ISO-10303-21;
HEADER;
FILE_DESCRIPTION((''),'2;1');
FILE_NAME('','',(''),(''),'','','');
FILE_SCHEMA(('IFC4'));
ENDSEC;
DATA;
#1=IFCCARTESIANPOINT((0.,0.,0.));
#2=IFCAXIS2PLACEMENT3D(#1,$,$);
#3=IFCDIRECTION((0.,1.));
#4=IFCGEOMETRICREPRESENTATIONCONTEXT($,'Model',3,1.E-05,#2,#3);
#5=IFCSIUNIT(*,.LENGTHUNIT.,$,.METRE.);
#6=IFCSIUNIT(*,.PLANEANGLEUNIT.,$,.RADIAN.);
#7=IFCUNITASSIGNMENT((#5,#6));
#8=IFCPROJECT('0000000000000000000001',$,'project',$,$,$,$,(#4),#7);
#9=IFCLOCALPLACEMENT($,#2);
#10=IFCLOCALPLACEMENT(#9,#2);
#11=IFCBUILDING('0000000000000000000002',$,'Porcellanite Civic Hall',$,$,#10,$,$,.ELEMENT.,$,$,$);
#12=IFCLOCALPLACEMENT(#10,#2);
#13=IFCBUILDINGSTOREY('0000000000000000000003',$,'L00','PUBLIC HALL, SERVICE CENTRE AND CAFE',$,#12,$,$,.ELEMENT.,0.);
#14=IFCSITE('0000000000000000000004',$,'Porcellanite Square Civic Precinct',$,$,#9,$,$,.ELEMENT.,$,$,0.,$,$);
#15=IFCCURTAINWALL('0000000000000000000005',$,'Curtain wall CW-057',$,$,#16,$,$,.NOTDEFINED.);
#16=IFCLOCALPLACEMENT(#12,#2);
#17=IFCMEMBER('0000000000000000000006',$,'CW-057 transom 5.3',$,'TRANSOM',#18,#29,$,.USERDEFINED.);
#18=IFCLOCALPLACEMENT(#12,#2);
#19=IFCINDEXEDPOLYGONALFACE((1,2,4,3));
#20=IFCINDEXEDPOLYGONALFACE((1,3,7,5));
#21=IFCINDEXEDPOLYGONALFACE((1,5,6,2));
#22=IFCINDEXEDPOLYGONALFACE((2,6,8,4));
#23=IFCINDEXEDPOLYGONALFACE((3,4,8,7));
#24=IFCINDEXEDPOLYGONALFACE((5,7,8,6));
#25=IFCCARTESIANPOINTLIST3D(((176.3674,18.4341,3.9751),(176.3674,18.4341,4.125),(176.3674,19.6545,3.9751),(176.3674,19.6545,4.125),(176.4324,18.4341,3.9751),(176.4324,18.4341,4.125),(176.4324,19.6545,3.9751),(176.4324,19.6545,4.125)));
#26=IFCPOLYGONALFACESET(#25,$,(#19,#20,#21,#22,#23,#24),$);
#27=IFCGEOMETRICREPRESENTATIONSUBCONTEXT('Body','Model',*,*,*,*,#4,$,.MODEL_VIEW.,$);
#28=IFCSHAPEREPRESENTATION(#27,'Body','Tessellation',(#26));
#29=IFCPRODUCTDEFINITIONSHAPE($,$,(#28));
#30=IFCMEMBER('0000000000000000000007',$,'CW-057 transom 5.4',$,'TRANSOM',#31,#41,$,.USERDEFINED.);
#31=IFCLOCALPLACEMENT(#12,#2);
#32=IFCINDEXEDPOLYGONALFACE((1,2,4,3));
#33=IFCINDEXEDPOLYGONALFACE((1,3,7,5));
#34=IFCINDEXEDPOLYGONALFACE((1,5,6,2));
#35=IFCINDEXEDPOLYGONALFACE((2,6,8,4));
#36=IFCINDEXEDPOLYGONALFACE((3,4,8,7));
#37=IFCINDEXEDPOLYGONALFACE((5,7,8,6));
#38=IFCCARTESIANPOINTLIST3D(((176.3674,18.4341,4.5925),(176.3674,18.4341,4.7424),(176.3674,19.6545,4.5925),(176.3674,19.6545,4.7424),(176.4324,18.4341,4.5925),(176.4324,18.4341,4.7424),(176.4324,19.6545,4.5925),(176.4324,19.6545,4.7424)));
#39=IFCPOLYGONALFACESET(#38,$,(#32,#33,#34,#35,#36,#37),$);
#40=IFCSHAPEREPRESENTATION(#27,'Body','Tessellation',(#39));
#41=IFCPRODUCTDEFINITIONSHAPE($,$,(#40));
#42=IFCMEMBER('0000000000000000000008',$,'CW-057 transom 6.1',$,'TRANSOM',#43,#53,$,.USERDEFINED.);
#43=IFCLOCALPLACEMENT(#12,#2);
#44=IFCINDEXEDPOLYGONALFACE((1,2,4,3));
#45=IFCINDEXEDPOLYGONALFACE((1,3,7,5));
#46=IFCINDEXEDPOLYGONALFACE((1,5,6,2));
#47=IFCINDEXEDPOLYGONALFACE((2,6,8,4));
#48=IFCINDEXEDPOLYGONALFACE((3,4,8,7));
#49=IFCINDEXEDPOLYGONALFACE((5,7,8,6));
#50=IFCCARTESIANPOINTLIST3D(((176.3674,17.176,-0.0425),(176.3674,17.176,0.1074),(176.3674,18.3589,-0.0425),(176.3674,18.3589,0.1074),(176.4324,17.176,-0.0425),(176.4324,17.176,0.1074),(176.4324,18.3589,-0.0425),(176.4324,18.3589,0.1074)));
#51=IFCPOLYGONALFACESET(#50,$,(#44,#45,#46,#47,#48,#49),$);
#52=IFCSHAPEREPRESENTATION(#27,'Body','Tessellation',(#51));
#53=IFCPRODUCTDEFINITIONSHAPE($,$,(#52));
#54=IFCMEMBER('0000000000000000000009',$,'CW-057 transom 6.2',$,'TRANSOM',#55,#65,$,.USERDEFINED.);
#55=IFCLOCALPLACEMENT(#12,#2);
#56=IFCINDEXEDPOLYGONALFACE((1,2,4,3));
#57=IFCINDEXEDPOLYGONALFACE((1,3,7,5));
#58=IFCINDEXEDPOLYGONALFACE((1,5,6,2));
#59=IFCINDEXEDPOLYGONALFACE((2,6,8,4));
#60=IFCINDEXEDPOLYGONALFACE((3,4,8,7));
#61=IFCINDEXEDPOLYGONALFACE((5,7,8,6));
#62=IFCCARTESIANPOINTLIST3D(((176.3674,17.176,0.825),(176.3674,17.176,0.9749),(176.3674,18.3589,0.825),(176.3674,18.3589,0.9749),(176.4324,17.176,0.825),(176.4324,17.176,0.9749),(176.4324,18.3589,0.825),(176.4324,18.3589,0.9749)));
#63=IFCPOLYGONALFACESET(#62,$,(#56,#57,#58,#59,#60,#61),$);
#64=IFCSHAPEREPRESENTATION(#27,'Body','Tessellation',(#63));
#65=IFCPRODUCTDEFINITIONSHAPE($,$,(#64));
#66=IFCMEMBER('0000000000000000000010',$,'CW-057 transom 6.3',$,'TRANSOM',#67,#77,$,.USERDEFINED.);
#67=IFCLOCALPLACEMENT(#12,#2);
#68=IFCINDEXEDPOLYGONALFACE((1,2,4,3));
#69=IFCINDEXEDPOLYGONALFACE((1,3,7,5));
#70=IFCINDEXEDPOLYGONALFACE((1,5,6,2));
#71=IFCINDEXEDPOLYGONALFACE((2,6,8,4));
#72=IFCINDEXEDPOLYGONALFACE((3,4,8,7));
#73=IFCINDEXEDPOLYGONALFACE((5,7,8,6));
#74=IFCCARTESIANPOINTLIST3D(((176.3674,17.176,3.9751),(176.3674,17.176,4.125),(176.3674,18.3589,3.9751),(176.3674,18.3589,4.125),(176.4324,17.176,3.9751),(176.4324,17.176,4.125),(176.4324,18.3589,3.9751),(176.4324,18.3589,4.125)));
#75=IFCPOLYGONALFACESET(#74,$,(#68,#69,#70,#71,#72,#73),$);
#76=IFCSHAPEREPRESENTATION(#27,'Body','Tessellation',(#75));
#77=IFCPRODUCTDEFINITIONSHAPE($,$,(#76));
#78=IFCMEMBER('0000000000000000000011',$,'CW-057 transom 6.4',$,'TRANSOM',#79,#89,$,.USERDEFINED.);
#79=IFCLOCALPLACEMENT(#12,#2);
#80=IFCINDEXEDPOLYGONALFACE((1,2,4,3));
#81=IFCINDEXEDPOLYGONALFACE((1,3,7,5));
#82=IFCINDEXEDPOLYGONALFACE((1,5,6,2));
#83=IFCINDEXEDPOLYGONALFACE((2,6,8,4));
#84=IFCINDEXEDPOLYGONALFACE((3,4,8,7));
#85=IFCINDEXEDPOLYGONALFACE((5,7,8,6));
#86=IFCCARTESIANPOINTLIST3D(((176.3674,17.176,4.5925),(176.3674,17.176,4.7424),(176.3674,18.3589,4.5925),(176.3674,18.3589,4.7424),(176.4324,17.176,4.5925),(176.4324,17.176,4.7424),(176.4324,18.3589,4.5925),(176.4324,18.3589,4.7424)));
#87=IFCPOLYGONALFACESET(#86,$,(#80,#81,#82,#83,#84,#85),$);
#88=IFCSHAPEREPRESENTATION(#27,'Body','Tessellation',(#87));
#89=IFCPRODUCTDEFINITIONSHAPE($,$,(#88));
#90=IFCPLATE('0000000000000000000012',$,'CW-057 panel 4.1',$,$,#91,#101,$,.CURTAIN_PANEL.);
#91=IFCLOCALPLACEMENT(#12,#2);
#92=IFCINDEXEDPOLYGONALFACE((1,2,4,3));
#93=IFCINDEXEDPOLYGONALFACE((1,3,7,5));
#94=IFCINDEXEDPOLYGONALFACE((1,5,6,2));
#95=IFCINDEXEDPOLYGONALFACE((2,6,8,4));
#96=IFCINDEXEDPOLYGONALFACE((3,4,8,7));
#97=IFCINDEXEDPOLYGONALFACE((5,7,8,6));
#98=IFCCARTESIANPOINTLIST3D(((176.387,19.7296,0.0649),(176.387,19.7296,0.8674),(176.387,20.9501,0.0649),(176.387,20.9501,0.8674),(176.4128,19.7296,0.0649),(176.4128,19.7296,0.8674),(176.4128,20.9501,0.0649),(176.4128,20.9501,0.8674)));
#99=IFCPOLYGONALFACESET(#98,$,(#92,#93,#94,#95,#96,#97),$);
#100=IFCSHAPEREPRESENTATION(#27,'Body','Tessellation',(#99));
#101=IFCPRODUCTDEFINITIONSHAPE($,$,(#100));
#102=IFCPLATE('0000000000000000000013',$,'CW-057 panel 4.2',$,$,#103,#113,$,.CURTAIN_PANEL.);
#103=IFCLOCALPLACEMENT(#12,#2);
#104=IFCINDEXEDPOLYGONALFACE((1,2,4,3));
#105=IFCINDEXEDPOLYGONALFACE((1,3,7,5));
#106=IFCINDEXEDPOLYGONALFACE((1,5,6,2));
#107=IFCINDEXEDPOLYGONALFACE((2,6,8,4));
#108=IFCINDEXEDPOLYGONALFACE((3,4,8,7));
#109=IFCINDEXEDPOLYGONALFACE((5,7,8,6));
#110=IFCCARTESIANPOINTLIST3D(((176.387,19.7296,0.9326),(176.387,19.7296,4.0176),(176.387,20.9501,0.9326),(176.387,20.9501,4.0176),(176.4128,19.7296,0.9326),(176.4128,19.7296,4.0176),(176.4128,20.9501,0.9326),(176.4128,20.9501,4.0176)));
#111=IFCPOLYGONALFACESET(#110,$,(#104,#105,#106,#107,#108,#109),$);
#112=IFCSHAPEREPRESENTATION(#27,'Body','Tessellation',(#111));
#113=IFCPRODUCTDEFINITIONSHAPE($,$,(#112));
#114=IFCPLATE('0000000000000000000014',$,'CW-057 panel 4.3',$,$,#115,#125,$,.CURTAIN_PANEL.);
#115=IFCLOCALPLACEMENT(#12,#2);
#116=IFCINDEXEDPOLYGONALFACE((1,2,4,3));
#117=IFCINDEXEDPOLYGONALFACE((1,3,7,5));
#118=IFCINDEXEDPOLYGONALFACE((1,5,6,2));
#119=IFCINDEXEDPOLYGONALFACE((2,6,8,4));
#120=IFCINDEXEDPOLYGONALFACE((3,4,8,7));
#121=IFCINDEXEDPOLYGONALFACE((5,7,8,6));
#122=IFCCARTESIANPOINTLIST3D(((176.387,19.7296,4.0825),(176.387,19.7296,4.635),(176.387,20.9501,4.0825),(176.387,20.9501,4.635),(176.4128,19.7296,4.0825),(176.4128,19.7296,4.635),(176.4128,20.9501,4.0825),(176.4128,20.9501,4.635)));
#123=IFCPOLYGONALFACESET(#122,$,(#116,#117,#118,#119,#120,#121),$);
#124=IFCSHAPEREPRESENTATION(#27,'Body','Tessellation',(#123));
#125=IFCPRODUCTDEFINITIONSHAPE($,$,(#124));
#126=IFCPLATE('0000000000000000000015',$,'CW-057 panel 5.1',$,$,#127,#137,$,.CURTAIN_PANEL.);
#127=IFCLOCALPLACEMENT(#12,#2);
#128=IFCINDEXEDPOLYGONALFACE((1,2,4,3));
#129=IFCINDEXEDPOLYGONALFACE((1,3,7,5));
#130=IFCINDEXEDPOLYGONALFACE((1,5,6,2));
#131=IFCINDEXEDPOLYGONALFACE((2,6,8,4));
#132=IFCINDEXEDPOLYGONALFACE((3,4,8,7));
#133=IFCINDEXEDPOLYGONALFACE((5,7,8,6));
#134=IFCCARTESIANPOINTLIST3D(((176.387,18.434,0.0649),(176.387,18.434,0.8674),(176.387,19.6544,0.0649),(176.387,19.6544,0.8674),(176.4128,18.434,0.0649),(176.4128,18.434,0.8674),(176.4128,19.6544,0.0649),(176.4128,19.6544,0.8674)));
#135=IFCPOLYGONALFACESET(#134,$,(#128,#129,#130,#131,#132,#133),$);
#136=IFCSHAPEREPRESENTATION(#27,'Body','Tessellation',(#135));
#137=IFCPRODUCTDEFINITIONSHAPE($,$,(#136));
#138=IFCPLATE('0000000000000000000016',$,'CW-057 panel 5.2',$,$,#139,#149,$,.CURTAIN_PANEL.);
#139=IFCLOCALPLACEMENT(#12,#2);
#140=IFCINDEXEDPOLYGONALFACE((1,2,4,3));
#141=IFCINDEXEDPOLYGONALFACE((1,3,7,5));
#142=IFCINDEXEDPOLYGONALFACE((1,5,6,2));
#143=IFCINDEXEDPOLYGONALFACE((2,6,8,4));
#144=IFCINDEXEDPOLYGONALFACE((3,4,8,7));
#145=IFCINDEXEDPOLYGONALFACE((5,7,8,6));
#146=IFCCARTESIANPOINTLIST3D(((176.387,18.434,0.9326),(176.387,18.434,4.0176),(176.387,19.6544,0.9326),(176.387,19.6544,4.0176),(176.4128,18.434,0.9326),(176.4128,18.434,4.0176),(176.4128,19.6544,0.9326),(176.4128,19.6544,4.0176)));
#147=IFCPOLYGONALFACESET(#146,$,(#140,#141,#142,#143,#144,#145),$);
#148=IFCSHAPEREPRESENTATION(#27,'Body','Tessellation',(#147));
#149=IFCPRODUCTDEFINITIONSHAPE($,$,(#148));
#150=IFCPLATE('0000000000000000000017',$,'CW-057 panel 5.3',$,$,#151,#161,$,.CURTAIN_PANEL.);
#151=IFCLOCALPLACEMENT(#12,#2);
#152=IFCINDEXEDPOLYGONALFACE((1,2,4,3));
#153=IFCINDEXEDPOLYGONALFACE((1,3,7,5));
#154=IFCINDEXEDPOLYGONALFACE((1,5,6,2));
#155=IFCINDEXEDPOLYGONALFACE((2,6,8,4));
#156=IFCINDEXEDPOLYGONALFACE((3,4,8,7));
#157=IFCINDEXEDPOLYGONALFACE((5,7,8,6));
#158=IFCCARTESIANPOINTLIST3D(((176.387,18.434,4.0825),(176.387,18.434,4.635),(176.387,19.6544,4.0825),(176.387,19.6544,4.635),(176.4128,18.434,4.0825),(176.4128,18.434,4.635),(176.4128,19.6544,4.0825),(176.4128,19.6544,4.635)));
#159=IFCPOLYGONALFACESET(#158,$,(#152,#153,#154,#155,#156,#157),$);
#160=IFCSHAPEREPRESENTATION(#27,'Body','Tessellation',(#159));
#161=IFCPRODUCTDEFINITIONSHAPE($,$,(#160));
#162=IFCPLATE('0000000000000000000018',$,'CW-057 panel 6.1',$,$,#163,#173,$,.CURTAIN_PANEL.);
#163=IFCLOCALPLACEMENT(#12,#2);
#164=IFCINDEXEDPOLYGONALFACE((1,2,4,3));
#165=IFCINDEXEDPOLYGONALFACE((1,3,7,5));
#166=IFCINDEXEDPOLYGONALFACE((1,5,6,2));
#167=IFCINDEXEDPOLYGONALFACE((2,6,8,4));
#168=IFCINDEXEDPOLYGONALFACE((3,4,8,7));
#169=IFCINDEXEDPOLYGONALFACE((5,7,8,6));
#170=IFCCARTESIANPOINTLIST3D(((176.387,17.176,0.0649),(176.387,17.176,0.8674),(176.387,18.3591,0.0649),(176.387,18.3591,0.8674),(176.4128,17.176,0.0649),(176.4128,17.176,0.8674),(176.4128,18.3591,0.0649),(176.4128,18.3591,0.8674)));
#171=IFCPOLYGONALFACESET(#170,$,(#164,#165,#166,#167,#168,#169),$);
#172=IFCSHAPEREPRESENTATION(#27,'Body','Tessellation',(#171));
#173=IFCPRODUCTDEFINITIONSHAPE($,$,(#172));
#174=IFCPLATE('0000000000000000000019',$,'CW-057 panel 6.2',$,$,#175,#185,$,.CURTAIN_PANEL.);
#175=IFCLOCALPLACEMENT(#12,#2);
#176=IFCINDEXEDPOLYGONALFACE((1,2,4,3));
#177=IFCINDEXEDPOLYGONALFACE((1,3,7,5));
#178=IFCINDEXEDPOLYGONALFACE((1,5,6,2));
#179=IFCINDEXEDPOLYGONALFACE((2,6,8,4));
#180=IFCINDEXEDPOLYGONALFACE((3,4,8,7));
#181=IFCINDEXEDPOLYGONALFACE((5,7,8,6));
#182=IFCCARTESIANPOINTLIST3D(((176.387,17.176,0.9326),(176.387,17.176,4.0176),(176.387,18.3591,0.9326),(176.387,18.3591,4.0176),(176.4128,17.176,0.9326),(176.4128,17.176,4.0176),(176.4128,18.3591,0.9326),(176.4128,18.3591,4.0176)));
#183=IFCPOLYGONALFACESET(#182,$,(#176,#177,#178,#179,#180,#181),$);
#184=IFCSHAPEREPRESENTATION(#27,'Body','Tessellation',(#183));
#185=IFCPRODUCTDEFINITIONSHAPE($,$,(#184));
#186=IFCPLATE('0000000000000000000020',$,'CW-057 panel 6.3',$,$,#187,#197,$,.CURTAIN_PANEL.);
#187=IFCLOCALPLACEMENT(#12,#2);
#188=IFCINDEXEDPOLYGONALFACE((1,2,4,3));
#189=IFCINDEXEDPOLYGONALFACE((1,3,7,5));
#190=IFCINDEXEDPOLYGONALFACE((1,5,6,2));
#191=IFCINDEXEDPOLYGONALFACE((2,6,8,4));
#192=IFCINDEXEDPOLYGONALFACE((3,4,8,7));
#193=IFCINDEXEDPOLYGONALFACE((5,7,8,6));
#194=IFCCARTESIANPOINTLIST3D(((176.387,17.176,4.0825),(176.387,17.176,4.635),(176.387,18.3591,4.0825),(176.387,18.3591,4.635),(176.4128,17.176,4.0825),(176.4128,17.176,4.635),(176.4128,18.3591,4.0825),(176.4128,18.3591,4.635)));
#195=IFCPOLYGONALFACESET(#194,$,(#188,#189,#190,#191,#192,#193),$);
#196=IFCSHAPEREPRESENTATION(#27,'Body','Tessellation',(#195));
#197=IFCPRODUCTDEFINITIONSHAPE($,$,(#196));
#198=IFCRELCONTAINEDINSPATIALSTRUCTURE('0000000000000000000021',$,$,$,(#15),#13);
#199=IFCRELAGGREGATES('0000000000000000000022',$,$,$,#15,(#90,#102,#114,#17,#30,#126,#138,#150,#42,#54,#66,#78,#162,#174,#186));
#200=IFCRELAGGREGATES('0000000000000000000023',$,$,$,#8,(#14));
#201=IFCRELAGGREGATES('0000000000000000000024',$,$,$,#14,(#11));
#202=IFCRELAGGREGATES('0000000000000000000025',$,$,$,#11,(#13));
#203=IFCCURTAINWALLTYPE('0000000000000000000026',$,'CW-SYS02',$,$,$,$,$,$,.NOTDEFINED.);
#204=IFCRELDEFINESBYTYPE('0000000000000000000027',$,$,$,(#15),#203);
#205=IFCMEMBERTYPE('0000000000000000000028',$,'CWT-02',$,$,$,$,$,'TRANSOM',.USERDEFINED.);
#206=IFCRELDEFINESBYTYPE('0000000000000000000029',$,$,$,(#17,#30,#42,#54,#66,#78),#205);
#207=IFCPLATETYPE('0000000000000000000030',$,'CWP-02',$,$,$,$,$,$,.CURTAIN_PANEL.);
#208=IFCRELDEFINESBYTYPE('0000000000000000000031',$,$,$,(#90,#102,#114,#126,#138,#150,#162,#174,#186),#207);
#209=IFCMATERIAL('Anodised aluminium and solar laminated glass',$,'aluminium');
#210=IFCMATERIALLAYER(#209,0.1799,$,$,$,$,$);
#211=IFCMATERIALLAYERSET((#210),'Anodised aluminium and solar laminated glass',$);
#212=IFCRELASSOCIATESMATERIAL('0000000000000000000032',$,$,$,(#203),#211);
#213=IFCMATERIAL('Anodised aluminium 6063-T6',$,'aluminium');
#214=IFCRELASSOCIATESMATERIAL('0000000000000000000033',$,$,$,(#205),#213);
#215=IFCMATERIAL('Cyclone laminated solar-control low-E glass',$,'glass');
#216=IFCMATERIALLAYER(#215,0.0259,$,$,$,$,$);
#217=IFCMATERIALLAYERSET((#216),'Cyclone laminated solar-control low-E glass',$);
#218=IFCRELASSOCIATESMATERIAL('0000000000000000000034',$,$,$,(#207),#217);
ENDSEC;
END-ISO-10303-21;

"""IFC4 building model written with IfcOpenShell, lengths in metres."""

from ifc_helpers import new_model, si_unit, direction, frame, origin, origin_2d, place, context, subcontext, project, spatial, rectangle, extrude, material, layer, layer_set, material_profile, profile_set, type_object, element, aggregate, save


model = new_model("IFC4")

# Units and contexts
model_context = context("Model", 3, precision=1e-05, world=origin(), true_north=direction((0.0, 1.0)))
body_context = subcontext(model_context, "Body", "Model", "MODEL_VIEW")
ifc_project = project(units=[si_unit("LENGTHUNIT", "METRE"), si_unit("PLANEANGLEUNIT", "RADIAN")], contexts=[model_context])

# Site, building, storey
site_placement = place(None, origin())
site = spatial("IfcSite", under=ifc_project, at=site_placement, Name="Porcellanite Square Civic Precinct", CompositionType="ELEMENT", RefElevation=0.0)
building_placement = place(site_placement, origin())
building = spatial("IfcBuilding", under=site, at=building_placement, Name="Porcellanite Civic Hall", CompositionType="ELEMENT")
storey_placement = place(building_placement, origin())
storey = spatial("IfcBuildingStorey", under=building, at=storey_placement, Name="L00", Description="PUBLIC HALL, SERVICE CENTRE AND CAFE", CompositionType="ELEMENT", Elevation=0.0)

# Curtain wall, members, plates
ifc_material_1 = material(Name="Anodised aluminium and solar laminated glass", Category="aluminium")
ifc_layer_1 = layer(ifc_material_1, 0.1799)
ifc_layer_set_1 = layer_set([ifc_layer_1], Name="Anodised aluminium and solar laminated glass")
curtain_wall_type = type_object("IfcCurtainWallType", Name="CW-SYS02", PredefinedType="NOTDEFINED", material=ifc_layer_set_1)
curtain_wall_placement = place(storey_placement, origin())
curtain_wall = element("IfcCurtainWall", 1, at=curtain_wall_placement, inside=storey, type_object=curtain_wall_type, Name="Curtain wall CW-057", PredefinedType="NOTDEFINED")
ifc_material_2 = material(Name="Anodised aluminium 6063-T6", Category="aluminium")
ifc_material_profile_1 = material_profile(ifc_material_2, rectangle(XDim=0.0649, YDim=0.1499, at=origin_2d()), Name="AL-65x150")
ifc_profile_set_1 = profile_set([ifc_material_profile_1], Name="Anodised aluminium 6063-T6")
member_type_1 = type_object("IfcMemberType", Name="CWT-02", ElementType="TRANSOM", PredefinedType="USERDEFINED", material=ifc_profile_set_1)
member_1_placement = place(storey_placement, frame((176.3999, 19.6545, 4.05), z_axis=(0.0, -1.0, 0.0), x_axis=(1.0, 0.0, 0.0)))
member_1 = element("IfcMember", 2, at=member_1_placement, type_object=member_type_1, Name="CW-057 transom 5.3", ObjectType="TRANSOM", PredefinedType="USERDEFINED", context=body_context, shape_type="SweptSolid", body=[
    extrude(rectangle(XDim=0.0649, YDim=0.1499, at=origin_2d()), origin(), (0.0, 0.0, 1.0), 1.2205),
])
member_2_placement = place(storey_placement, frame((176.3999, 19.6545, 4.6675), z_axis=(0.0, -1.0, 0.0), x_axis=(1.0, 0.0, 0.0)))
member_2 = element("IfcMember", 3, at=member_2_placement, type_object=member_type_1, Name="CW-057 transom 5.4", ObjectType="TRANSOM", PredefinedType="USERDEFINED", context=body_context, shape_type="SweptSolid", body=[
    extrude(rectangle(XDim=0.0649, YDim=0.1499, at=origin_2d()), origin(), (0.0, 0.0, 1.0), 1.2205),
])
member_3_placement = place(storey_placement, frame((176.3999, 18.3589, 0.0325), z_axis=(0.0, -1.0, 0.0), x_axis=(1.0, 0.0, 0.0)))
member_3 = element("IfcMember", 4, at=member_3_placement, type_object=member_type_1, Name="CW-057 transom 6.1", ObjectType="TRANSOM", PredefinedType="USERDEFINED", context=body_context, shape_type="SweptSolid", body=[
    extrude(rectangle(XDim=0.0649, YDim=0.1499, at=origin_2d()), origin(), (0.0, 0.0, 1.0), 1.1829),
])
member_4_placement = place(storey_placement, frame((176.3999, 18.3589, 0.8999), z_axis=(0.0, -1.0, 0.0), x_axis=(1.0, 0.0, 0.0)))
member_4 = element("IfcMember", 5, at=member_4_placement, type_object=member_type_1, Name="CW-057 transom 6.2", ObjectType="TRANSOM", PredefinedType="USERDEFINED", context=body_context, shape_type="SweptSolid", body=[
    extrude(rectangle(XDim=0.0649, YDim=0.1499, at=origin_2d()), origin(), (0.0, 0.0, 1.0), 1.1829),
])
member_5_placement = place(storey_placement, frame((176.3999, 18.3589, 4.05), z_axis=(0.0, -1.0, 0.0), x_axis=(1.0, 0.0, 0.0)))
member_5 = element("IfcMember", 6, at=member_5_placement, type_object=member_type_1, Name="CW-057 transom 6.3", ObjectType="TRANSOM", PredefinedType="USERDEFINED", context=body_context, shape_type="SweptSolid", body=[
    extrude(rectangle(XDim=0.0649, YDim=0.1499, at=origin_2d()), origin(), (0.0, 0.0, 1.0), 1.1829),
])
member_6_placement = place(storey_placement, frame((176.3999, 18.3589, 4.6675), z_axis=(0.0, -1.0, 0.0), x_axis=(1.0, 0.0, 0.0)))
member_6 = element("IfcMember", 7, at=member_6_placement, type_object=member_type_1, Name="CW-057 transom 6.4", ObjectType="TRANSOM", PredefinedType="USERDEFINED", context=body_context, shape_type="SweptSolid", body=[
    extrude(rectangle(XDim=0.0649, YDim=0.1499, at=origin_2d()), origin(), (0.0, 0.0, 1.0), 1.1829),
])
ifc_material_3 = material(Name="Cyclone laminated solar-control low-E glass", Category="glass")
ifc_layer_2 = layer(ifc_material_3, 0.0259)
ifc_layer_set_2 = layer_set([ifc_layer_2], Name="Cyclone laminated solar-control low-E glass")
plate_type = type_object("IfcPlateType", Name="CWP-02", PredefinedType="CURTAIN_PANEL", material=ifc_layer_set_2)
plate_1_placement = place(storey_placement, frame((176.3999, 20.3398, 0.0649), z_axis=(0.0, 0.0, 1.0), x_axis=(0.0, -1.0, 0.0)))
plate_1 = element("IfcPlate", 8, at=plate_1_placement, type_object=plate_type, Name="CW-057 panel 4.1", PredefinedType="CURTAIN_PANEL", context=body_context, shape_type="SweptSolid", body=[
    extrude(rectangle(XDim=1.2205, YDim=0.0259, at=origin_2d()), origin(), (0.0, 0.0, 1.0), 0.8025),
])
plate_2_placement = place(storey_placement, frame((176.3999, 20.3398, 0.9326), z_axis=(0.0, 0.0, 1.0), x_axis=(0.0, -1.0, 0.0)))
plate_2 = element("IfcPlate", 9, at=plate_2_placement, type_object=plate_type, Name="CW-057 panel 4.2", PredefinedType="CURTAIN_PANEL", context=body_context, shape_type="SweptSolid", body=[
    extrude(rectangle(XDim=1.2205, YDim=0.0259, at=origin_2d()), origin(), (0.0, 0.0, 1.0), 3.085),
])
plate_3_placement = place(storey_placement, frame((176.3999, 20.3398, 4.0825), z_axis=(0.0, 0.0, 1.0), x_axis=(0.0, -1.0, 0.0)))
plate_3 = element("IfcPlate", 10, at=plate_3_placement, type_object=plate_type, Name="CW-057 panel 4.3", PredefinedType="CURTAIN_PANEL", context=body_context, shape_type="SweptSolid", body=[
    extrude(rectangle(XDim=1.2205, YDim=0.0259, at=origin_2d()), origin(), (0.0, 0.0, 1.0), 0.5525),
])
plate_4_placement = place(storey_placement, frame((176.3999, 19.0442, 0.0649), z_axis=(0.0, 0.0, 1.0), x_axis=(0.0, -1.0, 0.0)))
plate_4 = element("IfcPlate", 11, at=plate_4_placement, type_object=plate_type, Name="CW-057 panel 5.1", PredefinedType="CURTAIN_PANEL", context=body_context, shape_type="SweptSolid", body=[
    extrude(rectangle(XDim=1.2205, YDim=0.0259, at=origin_2d()), origin(), (0.0, 0.0, 1.0), 0.8025),
])
plate_5_placement = place(storey_placement, frame((176.3999, 19.0442, 0.9326), z_axis=(0.0, 0.0, 1.0), x_axis=(0.0, -1.0, 0.0)))
plate_5 = element("IfcPlate", 12, at=plate_5_placement, type_object=plate_type, Name="CW-057 panel 5.2", PredefinedType="CURTAIN_PANEL", context=body_context, shape_type="SweptSolid", body=[
    extrude(rectangle(XDim=1.2205, YDim=0.0259, at=origin_2d()), origin(), (0.0, 0.0, 1.0), 3.085),
])
plate_6_placement = place(storey_placement, frame((176.3999, 19.0442, 4.0825), z_axis=(0.0, 0.0, 1.0), x_axis=(0.0, -1.0, 0.0)))
plate_6 = element("IfcPlate", 13, at=plate_6_placement, type_object=plate_type, Name="CW-057 panel 5.3", PredefinedType="CURTAIN_PANEL", context=body_context, shape_type="SweptSolid", body=[
    extrude(rectangle(XDim=1.2205, YDim=0.0259, at=origin_2d()), origin(), (0.0, 0.0, 1.0), 0.5525),
])
plate_7_placement = place(storey_placement, frame((176.3999, 17.7676, 0.0649), z_axis=(0.0, 0.0, 1.0), x_axis=(0.0, -1.0, 0.0)))
plate_7 = element("IfcPlate", 14, at=plate_7_placement, type_object=plate_type, Name="CW-057 panel 6.1", PredefinedType="CURTAIN_PANEL", context=body_context, shape_type="SweptSolid", body=[
    extrude(rectangle(XDim=1.1831, YDim=0.0259, at=origin_2d()), origin(), (0.0, 0.0, 1.0), 0.8025),
])
plate_8_placement = place(storey_placement, frame((176.3999, 17.7676, 0.9326), z_axis=(0.0, 0.0, 1.0), x_axis=(0.0, -1.0, 0.0)))
plate_8 = element("IfcPlate", 15, at=plate_8_placement, type_object=plate_type, Name="CW-057 panel 6.2", PredefinedType="CURTAIN_PANEL", context=body_context, shape_type="SweptSolid", body=[
    extrude(rectangle(XDim=1.1831, YDim=0.0259, at=origin_2d()), origin(), (0.0, 0.0, 1.0), 3.085),
])
plate_9_placement = place(storey_placement, frame((176.3999, 17.7676, 4.0825), z_axis=(0.0, 0.0, 1.0), x_axis=(0.0, -1.0, 0.0)))
plate_9 = element("IfcPlate", 16, at=plate_9_placement, type_object=plate_type, Name="CW-057 panel 6.3", PredefinedType="CURTAIN_PANEL", context=body_context, shape_type="SweptSolid", body=[
    extrude(rectangle(XDim=1.1831, YDim=0.0259, at=origin_2d()), origin(), (0.0, 0.0, 1.0), 0.5525),
])
aggregate(curtain_wall, [plate_1, plate_2, plate_3, member_1, member_2, plate_4, plate_5, plate_6, member_3, member_4, member_5, member_6, plate_7, plate_8, plate_9])

save(model, "model.ifc")
